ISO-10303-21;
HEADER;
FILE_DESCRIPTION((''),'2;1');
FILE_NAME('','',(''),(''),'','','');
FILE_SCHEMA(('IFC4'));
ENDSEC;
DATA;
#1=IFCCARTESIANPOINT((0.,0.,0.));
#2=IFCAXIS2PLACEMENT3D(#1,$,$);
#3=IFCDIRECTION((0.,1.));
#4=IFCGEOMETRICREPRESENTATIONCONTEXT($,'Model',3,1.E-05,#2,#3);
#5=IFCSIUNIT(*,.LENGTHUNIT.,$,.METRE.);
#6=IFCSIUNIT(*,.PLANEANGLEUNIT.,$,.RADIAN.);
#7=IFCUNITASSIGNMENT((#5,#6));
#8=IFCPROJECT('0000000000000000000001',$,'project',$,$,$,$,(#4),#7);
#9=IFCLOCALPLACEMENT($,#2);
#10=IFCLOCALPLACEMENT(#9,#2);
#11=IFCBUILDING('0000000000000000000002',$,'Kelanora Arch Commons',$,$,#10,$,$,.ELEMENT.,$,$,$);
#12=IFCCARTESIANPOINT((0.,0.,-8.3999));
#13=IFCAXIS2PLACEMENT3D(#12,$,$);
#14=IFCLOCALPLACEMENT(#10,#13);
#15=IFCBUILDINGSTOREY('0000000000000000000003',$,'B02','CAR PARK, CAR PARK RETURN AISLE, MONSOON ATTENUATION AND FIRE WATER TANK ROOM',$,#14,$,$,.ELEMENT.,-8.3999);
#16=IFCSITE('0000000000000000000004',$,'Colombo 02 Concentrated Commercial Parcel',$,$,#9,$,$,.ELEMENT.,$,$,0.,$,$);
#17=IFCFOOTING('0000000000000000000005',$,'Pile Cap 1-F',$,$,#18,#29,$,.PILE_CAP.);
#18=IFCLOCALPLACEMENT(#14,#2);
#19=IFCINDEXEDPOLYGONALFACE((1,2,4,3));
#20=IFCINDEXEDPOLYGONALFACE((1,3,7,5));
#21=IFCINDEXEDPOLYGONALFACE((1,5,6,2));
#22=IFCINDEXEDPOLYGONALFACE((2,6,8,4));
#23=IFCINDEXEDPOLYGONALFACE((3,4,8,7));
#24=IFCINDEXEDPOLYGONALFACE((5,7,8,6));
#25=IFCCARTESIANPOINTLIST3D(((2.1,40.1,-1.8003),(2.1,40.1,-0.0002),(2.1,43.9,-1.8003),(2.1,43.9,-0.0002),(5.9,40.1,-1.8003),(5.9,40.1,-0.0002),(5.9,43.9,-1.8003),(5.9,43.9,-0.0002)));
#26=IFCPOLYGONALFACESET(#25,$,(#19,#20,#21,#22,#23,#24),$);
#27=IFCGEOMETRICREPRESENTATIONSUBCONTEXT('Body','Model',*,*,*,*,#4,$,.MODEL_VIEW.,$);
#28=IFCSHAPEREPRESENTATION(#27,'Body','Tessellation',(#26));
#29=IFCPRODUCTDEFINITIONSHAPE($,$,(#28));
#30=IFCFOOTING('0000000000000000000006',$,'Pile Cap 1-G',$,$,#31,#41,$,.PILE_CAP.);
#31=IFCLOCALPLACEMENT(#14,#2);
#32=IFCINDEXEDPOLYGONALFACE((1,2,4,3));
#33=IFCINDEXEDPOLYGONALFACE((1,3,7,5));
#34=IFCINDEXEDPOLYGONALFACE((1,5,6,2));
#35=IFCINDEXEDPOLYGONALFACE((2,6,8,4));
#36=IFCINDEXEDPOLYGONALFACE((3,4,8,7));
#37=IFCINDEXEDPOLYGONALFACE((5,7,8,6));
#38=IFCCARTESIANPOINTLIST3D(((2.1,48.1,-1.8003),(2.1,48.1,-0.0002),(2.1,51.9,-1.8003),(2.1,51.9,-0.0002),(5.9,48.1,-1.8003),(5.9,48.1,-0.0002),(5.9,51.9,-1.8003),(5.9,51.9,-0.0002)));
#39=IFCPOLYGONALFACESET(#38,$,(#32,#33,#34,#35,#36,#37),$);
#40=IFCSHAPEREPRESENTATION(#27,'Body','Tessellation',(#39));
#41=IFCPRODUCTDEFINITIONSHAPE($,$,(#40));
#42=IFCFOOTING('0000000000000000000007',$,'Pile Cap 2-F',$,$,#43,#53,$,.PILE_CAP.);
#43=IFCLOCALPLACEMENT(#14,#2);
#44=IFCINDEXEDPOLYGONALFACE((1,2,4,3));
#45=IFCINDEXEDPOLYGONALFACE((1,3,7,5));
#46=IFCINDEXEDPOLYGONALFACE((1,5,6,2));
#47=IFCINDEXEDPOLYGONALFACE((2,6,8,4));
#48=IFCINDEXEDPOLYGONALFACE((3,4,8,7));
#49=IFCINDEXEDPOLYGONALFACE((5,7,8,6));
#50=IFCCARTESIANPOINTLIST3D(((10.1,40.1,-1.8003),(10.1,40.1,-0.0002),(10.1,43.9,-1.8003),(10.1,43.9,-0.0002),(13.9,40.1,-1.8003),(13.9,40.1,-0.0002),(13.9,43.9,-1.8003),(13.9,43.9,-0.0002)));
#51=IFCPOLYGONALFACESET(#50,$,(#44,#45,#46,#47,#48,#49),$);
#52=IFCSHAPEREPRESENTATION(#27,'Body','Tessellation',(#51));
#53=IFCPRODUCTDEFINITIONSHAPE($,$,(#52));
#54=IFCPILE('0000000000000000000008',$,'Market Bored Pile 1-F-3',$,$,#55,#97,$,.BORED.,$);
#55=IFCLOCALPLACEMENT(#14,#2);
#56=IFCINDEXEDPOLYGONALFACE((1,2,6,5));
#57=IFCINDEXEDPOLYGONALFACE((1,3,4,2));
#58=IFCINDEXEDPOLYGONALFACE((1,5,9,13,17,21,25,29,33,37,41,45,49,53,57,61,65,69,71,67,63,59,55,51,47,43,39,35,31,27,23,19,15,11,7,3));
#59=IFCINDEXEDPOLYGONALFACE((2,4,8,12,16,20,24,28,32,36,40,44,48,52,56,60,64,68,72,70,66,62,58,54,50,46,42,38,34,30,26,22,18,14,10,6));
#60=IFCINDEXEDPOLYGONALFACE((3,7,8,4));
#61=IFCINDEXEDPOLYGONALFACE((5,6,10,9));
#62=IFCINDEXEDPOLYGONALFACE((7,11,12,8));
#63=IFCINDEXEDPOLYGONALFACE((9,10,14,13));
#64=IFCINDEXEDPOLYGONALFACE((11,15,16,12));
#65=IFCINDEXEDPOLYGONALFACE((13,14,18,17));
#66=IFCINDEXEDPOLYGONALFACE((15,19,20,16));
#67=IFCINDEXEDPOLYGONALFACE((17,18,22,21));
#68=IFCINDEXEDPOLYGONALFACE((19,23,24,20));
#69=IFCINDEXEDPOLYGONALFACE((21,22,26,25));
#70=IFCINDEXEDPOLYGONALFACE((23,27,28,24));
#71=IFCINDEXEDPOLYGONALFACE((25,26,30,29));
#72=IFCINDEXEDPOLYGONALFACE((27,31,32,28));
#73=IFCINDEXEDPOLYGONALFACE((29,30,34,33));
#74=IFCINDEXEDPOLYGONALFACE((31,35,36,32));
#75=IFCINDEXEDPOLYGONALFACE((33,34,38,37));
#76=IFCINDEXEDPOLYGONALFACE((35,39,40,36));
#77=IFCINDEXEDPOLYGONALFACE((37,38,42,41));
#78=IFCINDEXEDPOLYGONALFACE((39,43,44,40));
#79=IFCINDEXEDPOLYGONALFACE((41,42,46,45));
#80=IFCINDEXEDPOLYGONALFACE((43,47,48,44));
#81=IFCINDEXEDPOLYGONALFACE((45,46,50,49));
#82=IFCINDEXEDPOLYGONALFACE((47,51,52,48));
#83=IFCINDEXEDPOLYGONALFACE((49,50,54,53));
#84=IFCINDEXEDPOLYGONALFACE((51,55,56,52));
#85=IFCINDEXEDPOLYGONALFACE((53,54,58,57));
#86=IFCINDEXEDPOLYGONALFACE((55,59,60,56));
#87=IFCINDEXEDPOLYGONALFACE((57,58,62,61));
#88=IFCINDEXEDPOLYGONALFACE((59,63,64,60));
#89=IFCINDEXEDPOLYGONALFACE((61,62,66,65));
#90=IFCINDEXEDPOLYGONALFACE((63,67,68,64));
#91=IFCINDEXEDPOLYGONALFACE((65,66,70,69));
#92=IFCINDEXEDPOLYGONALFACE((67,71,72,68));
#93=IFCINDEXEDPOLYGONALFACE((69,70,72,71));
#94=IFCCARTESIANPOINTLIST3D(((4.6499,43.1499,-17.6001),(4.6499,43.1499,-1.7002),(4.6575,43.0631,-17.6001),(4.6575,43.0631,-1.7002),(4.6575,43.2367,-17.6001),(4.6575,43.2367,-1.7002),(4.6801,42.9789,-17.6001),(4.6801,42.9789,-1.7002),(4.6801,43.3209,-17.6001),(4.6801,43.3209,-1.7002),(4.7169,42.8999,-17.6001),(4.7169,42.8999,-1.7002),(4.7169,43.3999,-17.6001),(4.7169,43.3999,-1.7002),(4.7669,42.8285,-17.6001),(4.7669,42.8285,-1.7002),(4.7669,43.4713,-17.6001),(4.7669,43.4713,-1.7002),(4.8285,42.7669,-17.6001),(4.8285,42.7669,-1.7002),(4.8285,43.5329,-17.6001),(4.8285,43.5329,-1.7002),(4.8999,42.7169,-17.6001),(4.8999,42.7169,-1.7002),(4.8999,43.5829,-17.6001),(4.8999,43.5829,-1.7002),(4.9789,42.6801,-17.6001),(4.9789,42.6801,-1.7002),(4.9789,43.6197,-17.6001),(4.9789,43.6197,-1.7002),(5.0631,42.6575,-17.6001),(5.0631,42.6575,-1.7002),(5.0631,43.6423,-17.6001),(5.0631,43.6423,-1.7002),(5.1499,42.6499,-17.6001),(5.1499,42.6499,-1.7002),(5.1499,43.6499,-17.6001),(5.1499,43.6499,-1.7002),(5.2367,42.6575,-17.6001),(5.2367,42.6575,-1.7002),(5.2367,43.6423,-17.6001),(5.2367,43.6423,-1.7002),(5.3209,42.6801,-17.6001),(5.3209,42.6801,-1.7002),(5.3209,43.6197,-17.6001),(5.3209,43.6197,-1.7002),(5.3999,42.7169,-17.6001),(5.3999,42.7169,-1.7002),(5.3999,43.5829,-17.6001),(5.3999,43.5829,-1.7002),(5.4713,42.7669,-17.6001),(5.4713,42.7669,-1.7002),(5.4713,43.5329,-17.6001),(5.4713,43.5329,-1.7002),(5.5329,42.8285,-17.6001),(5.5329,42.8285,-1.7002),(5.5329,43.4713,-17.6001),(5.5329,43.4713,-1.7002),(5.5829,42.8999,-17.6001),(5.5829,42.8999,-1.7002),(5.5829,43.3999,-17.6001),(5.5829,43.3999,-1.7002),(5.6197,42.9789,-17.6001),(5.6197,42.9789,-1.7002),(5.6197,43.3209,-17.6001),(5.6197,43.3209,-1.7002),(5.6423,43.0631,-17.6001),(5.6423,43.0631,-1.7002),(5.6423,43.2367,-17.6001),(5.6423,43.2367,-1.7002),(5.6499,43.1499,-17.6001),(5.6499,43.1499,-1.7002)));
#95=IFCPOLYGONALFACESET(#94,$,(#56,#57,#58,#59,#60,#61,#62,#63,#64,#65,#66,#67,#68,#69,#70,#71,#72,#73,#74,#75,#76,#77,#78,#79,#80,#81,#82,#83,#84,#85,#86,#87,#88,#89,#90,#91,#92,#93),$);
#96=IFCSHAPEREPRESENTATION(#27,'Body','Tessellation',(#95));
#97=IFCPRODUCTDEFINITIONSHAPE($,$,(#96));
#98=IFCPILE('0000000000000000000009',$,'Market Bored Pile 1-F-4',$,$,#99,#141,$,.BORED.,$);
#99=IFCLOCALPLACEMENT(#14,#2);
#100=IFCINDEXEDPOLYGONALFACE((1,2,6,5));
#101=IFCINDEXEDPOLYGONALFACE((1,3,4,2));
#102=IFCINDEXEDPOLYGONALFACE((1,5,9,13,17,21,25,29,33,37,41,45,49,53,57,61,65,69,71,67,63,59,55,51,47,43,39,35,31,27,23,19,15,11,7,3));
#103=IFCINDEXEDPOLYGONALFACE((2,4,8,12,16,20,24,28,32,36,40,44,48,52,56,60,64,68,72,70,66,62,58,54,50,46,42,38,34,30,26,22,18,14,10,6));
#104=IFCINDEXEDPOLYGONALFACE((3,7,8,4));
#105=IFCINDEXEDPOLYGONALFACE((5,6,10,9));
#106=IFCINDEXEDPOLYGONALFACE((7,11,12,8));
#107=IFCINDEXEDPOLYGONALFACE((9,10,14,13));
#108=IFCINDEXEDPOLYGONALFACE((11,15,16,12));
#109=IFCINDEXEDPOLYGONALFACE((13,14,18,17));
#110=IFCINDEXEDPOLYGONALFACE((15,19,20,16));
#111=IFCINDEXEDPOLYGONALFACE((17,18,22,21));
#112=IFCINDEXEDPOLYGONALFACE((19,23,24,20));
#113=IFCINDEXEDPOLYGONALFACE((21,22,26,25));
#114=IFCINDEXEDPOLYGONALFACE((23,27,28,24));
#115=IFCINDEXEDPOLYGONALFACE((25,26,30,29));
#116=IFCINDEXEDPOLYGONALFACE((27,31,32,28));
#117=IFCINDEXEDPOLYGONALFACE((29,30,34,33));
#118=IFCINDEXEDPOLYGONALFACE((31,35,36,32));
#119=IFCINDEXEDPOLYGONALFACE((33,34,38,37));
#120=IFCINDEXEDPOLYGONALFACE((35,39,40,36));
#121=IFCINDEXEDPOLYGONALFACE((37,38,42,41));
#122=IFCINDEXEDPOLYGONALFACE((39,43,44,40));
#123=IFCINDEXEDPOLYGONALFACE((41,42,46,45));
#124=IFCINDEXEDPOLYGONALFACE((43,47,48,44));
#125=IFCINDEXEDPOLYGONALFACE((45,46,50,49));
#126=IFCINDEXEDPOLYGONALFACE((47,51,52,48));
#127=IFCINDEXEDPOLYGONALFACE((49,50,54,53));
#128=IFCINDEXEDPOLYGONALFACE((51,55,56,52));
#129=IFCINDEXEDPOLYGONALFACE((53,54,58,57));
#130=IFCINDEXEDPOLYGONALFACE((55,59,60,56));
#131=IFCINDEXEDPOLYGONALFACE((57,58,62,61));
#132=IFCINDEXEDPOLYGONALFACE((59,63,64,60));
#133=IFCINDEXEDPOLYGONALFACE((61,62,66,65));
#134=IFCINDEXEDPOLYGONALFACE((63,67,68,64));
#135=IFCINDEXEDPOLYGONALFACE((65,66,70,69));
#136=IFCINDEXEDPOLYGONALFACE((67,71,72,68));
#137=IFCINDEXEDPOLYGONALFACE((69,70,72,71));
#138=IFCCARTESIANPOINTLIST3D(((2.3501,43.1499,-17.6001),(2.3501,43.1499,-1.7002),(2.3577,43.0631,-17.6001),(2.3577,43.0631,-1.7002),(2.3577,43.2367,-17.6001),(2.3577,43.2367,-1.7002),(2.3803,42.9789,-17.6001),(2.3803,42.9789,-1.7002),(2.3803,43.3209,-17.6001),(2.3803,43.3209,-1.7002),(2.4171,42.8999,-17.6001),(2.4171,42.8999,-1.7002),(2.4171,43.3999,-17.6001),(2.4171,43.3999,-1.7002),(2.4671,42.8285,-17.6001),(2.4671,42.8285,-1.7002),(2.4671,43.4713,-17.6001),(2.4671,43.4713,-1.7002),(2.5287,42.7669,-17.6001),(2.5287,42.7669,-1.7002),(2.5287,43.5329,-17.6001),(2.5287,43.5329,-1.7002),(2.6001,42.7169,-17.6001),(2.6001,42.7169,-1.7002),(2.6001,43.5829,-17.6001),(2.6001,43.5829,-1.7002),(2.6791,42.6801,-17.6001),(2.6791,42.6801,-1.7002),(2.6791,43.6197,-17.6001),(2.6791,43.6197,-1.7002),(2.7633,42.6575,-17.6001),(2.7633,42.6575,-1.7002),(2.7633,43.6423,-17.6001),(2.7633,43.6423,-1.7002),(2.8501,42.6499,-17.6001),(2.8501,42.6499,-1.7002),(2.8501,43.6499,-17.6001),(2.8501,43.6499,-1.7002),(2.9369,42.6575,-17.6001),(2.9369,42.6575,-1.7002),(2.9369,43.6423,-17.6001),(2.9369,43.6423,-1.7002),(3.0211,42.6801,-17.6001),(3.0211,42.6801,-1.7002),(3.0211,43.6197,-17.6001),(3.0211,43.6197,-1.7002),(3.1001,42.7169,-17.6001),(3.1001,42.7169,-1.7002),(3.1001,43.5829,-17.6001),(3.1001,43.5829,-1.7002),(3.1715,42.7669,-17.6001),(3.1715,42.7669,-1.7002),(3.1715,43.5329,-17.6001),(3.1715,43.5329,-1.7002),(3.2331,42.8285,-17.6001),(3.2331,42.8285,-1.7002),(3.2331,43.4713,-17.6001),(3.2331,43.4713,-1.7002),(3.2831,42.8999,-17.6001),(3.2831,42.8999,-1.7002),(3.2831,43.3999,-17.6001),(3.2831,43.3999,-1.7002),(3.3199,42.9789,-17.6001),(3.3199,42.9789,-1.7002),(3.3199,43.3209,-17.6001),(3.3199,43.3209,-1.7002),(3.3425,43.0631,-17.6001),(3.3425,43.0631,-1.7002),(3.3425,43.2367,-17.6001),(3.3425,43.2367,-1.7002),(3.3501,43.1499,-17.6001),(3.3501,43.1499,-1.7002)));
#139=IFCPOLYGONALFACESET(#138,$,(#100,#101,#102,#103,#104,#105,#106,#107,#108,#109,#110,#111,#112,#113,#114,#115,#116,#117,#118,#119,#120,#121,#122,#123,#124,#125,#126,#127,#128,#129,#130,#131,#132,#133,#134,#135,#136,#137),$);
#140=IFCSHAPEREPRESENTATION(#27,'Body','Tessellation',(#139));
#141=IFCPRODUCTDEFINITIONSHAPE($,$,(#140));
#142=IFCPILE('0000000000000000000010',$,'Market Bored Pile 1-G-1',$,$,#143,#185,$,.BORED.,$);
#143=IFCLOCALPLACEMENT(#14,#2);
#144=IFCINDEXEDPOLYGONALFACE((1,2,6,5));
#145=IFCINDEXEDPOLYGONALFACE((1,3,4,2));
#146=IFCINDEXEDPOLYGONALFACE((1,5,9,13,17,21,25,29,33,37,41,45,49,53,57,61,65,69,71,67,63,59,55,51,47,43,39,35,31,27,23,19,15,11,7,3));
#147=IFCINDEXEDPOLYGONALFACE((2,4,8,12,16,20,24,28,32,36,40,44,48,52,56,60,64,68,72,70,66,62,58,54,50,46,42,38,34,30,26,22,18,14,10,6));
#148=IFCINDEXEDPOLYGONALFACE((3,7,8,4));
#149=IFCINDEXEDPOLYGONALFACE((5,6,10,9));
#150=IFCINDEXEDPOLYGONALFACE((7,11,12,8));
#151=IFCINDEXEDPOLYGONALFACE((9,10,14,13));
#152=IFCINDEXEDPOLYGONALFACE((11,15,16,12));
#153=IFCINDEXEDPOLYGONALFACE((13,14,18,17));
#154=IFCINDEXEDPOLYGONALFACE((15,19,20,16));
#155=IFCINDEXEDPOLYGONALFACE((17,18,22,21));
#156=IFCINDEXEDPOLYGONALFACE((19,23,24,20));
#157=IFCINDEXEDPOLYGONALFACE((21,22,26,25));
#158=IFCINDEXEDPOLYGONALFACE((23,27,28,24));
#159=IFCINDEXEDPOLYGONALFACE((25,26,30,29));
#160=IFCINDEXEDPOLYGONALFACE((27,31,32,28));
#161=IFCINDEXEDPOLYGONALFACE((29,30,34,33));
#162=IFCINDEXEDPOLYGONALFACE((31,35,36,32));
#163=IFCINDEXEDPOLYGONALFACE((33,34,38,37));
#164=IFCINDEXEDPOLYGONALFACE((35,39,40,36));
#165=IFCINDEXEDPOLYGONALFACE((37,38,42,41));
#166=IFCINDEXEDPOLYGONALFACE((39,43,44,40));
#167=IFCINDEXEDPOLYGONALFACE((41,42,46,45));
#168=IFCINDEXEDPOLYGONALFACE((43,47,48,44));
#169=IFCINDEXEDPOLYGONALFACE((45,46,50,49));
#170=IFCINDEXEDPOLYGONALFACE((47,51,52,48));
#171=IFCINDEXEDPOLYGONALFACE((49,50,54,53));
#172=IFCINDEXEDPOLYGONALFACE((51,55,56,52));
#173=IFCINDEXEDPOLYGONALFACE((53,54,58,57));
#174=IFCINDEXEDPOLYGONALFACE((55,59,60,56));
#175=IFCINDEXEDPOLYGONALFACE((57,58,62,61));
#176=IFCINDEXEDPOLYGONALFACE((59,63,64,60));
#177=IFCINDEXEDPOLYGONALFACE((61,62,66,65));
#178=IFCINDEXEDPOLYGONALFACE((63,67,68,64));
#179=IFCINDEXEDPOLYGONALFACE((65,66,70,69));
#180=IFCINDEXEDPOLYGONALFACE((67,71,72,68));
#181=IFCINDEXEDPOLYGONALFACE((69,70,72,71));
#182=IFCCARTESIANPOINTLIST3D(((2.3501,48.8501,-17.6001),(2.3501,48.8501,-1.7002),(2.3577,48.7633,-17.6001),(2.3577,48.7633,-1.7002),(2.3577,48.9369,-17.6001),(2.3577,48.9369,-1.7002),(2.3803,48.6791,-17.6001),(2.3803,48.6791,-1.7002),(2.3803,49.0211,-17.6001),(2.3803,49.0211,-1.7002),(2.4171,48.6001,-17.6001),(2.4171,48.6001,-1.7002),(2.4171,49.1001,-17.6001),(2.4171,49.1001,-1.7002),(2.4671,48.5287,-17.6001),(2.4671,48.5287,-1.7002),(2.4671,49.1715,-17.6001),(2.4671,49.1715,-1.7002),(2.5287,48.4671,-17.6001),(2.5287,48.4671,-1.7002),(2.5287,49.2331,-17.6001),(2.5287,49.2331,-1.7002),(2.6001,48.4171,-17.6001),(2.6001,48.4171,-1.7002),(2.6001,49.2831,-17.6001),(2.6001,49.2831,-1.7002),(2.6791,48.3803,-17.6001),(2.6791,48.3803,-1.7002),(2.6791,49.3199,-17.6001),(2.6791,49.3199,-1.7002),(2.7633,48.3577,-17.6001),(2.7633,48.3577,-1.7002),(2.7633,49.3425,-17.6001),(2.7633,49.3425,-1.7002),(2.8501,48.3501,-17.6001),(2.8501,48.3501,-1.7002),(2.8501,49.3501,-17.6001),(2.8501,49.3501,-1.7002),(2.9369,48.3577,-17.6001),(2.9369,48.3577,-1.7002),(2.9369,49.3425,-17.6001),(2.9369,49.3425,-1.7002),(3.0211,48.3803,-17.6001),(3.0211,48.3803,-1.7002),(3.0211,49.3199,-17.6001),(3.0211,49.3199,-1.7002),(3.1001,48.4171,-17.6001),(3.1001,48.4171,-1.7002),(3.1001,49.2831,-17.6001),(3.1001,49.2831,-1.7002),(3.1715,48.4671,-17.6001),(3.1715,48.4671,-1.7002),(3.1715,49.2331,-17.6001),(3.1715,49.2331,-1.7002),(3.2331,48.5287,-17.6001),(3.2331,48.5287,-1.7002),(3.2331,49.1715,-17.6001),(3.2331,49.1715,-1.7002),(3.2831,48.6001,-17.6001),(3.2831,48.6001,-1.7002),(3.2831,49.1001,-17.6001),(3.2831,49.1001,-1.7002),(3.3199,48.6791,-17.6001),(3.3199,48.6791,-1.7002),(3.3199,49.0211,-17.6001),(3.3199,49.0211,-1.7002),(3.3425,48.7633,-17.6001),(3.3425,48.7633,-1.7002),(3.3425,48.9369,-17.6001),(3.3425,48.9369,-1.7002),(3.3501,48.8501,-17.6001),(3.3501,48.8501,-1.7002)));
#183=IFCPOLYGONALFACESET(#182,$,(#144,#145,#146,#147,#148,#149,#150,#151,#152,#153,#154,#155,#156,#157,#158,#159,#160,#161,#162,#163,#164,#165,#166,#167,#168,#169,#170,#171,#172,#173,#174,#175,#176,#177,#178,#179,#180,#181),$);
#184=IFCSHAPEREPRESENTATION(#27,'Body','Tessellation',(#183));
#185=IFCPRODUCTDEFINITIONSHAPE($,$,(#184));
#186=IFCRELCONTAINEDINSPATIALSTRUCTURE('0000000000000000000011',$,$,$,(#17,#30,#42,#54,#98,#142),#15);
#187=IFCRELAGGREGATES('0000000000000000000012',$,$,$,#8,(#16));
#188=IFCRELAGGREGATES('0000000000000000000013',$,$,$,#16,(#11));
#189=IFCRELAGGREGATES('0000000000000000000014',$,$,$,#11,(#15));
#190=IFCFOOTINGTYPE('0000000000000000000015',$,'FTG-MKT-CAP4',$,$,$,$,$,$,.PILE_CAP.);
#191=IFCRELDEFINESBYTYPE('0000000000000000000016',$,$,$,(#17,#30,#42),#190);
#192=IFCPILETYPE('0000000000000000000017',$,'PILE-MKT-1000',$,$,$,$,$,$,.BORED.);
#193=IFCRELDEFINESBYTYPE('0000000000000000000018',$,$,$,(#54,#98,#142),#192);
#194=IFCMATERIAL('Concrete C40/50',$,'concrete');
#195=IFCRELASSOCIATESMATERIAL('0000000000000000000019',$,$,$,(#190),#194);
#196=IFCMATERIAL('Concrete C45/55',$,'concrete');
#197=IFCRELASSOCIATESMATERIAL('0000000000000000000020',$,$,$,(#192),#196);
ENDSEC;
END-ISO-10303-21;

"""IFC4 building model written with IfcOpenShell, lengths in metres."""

from ifc_helpers import new_model, si_unit, direction, frame, origin, origin_2d, place, context, subcontext, project, spatial, rectangle, circle, extrude, source, transform, mapped, material, material_profile, profile_set, type_object, element, save


model = new_model("IFC4")

# Units and contexts
model_context = context("Model", 3, precision=1e-05, world=origin(), true_north=direction((0.0, 1.0)))
body_context = subcontext(model_context, "Body", "Model", "MODEL_VIEW")
ifc_project = project(units=[si_unit("LENGTHUNIT", "METRE"), si_unit("PLANEANGLEUNIT", "RADIAN")], contexts=[model_context])

# Site, building, storey
site_placement = place(None, origin())
site = spatial("IfcSite", under=ifc_project, at=site_placement, Name="Colombo 02 Concentrated Commercial Parcel", CompositionType="ELEMENT", RefElevation=0.0)
building_placement = place(site_placement, origin())
building = spatial("IfcBuilding", under=site, at=building_placement, Name="Kelanora Arch Commons", CompositionType="ELEMENT")
storey_placement = place(building_placement, frame((0.0, 0.0, -8.3999)))
storey = spatial("IfcBuildingStorey", under=building, at=storey_placement, Name="B02", Description="CAR PARK, CAR PARK RETURN AISLE, MONSOON ATTENUATION AND FIRE WATER TANK ROOM", CompositionType="ELEMENT", Elevation=-8.3999)

# Footings
ifc_material_1 = material(Name="Concrete C40/50", Category="concrete")
footing_type_1 = type_object("IfcFootingType", Name="FTG-MKT-CAP4", PredefinedType="PILE_CAP", material=ifc_material_1)
shared_shape_1 = source(origin(), body_context, "Body", "SweptSolid", [
    extrude(rectangle(XDim=3.8, YDim=3.8, at=origin_2d()), origin(), (0.0, 0.0, 1.0), 1.8),
])
for number, where, z_axis, x_axis, name in (
    (1, (4.0, 42.0, -1.8003), (0.0, 0.0, 1.0), (1.0, 0.0, 0.0), "Pile Cap 1-F"),
    (2, (4.0, 50.0, -1.8003), (0.0, 0.0, 1.0), (1.0, 0.0, 0.0), "Pile Cap 1-G"),
    (3, (12.0, 42.0, -1.8003), (0.0, 0.0, 1.0), (1.0, 0.0, 0.0), "Pile Cap 2-F"),
):
    element("IfcFooting", number, at=place(storey_placement, frame(where, z_axis=z_axis, x_axis=x_axis)), inside=storey, type_object=footing_type_1, Name=name, PredefinedType="PILE_CAP", context=body_context, shape_type="MappedRepresentation", body=[
        mapped(shared_shape_1, transform((0.0, 0.0, 0.0), scale=1.0)),
    ])

# Piles
ifc_material_2 = material(Name="Concrete C45/55", Category="concrete")
ifc_material_profile_1 = material_profile(ifc_material_2, circle(Radius=0.5, at=origin_2d()), Name="PILE1000")
ifc_profile_set_1 = profile_set([ifc_material_profile_1], Name="Concrete C45/55")
pile_type = type_object("IfcPileType", Name="PILE-MKT-1000", PredefinedType="BORED", material=ifc_profile_set_1)
shared_shape_2 = source(origin(), body_context, "Body", "SweptSolid", [
    extrude(circle(Radius=0.5, at=origin_2d()), origin(), (0.0, 0.0, 1.0), 15.8999),
])
for number, where, z_axis, x_axis, name in (
    (4, (5.1499, 43.1499, -1.7002), (0.0, 0.0, -1.0), (1.0, 0.0, 0.0), "Market Bored Pile 1-F-3"),
    (5, (2.8501, 43.1499, -1.7002), (0.0, 0.0, -1.0), (1.0, 0.0, 0.0), "Market Bored Pile 1-F-4"),
    (6, (2.8501, 48.8501, -1.7002), (0.0, 0.0, -1.0), (1.0, 0.0, 0.0), "Market Bored Pile 1-G-1"),
):
    element("IfcPile", number, at=place(storey_placement, frame(where, z_axis=z_axis, x_axis=x_axis)), inside=storey, type_object=pile_type, Name=name, PredefinedType="BORED", context=body_context, shape_type="MappedRepresentation", body=[
        mapped(shared_shape_2, transform((0.0, 0.0, 0.0), scale=1.0)),
    ])

save(model, "model.ifc")
